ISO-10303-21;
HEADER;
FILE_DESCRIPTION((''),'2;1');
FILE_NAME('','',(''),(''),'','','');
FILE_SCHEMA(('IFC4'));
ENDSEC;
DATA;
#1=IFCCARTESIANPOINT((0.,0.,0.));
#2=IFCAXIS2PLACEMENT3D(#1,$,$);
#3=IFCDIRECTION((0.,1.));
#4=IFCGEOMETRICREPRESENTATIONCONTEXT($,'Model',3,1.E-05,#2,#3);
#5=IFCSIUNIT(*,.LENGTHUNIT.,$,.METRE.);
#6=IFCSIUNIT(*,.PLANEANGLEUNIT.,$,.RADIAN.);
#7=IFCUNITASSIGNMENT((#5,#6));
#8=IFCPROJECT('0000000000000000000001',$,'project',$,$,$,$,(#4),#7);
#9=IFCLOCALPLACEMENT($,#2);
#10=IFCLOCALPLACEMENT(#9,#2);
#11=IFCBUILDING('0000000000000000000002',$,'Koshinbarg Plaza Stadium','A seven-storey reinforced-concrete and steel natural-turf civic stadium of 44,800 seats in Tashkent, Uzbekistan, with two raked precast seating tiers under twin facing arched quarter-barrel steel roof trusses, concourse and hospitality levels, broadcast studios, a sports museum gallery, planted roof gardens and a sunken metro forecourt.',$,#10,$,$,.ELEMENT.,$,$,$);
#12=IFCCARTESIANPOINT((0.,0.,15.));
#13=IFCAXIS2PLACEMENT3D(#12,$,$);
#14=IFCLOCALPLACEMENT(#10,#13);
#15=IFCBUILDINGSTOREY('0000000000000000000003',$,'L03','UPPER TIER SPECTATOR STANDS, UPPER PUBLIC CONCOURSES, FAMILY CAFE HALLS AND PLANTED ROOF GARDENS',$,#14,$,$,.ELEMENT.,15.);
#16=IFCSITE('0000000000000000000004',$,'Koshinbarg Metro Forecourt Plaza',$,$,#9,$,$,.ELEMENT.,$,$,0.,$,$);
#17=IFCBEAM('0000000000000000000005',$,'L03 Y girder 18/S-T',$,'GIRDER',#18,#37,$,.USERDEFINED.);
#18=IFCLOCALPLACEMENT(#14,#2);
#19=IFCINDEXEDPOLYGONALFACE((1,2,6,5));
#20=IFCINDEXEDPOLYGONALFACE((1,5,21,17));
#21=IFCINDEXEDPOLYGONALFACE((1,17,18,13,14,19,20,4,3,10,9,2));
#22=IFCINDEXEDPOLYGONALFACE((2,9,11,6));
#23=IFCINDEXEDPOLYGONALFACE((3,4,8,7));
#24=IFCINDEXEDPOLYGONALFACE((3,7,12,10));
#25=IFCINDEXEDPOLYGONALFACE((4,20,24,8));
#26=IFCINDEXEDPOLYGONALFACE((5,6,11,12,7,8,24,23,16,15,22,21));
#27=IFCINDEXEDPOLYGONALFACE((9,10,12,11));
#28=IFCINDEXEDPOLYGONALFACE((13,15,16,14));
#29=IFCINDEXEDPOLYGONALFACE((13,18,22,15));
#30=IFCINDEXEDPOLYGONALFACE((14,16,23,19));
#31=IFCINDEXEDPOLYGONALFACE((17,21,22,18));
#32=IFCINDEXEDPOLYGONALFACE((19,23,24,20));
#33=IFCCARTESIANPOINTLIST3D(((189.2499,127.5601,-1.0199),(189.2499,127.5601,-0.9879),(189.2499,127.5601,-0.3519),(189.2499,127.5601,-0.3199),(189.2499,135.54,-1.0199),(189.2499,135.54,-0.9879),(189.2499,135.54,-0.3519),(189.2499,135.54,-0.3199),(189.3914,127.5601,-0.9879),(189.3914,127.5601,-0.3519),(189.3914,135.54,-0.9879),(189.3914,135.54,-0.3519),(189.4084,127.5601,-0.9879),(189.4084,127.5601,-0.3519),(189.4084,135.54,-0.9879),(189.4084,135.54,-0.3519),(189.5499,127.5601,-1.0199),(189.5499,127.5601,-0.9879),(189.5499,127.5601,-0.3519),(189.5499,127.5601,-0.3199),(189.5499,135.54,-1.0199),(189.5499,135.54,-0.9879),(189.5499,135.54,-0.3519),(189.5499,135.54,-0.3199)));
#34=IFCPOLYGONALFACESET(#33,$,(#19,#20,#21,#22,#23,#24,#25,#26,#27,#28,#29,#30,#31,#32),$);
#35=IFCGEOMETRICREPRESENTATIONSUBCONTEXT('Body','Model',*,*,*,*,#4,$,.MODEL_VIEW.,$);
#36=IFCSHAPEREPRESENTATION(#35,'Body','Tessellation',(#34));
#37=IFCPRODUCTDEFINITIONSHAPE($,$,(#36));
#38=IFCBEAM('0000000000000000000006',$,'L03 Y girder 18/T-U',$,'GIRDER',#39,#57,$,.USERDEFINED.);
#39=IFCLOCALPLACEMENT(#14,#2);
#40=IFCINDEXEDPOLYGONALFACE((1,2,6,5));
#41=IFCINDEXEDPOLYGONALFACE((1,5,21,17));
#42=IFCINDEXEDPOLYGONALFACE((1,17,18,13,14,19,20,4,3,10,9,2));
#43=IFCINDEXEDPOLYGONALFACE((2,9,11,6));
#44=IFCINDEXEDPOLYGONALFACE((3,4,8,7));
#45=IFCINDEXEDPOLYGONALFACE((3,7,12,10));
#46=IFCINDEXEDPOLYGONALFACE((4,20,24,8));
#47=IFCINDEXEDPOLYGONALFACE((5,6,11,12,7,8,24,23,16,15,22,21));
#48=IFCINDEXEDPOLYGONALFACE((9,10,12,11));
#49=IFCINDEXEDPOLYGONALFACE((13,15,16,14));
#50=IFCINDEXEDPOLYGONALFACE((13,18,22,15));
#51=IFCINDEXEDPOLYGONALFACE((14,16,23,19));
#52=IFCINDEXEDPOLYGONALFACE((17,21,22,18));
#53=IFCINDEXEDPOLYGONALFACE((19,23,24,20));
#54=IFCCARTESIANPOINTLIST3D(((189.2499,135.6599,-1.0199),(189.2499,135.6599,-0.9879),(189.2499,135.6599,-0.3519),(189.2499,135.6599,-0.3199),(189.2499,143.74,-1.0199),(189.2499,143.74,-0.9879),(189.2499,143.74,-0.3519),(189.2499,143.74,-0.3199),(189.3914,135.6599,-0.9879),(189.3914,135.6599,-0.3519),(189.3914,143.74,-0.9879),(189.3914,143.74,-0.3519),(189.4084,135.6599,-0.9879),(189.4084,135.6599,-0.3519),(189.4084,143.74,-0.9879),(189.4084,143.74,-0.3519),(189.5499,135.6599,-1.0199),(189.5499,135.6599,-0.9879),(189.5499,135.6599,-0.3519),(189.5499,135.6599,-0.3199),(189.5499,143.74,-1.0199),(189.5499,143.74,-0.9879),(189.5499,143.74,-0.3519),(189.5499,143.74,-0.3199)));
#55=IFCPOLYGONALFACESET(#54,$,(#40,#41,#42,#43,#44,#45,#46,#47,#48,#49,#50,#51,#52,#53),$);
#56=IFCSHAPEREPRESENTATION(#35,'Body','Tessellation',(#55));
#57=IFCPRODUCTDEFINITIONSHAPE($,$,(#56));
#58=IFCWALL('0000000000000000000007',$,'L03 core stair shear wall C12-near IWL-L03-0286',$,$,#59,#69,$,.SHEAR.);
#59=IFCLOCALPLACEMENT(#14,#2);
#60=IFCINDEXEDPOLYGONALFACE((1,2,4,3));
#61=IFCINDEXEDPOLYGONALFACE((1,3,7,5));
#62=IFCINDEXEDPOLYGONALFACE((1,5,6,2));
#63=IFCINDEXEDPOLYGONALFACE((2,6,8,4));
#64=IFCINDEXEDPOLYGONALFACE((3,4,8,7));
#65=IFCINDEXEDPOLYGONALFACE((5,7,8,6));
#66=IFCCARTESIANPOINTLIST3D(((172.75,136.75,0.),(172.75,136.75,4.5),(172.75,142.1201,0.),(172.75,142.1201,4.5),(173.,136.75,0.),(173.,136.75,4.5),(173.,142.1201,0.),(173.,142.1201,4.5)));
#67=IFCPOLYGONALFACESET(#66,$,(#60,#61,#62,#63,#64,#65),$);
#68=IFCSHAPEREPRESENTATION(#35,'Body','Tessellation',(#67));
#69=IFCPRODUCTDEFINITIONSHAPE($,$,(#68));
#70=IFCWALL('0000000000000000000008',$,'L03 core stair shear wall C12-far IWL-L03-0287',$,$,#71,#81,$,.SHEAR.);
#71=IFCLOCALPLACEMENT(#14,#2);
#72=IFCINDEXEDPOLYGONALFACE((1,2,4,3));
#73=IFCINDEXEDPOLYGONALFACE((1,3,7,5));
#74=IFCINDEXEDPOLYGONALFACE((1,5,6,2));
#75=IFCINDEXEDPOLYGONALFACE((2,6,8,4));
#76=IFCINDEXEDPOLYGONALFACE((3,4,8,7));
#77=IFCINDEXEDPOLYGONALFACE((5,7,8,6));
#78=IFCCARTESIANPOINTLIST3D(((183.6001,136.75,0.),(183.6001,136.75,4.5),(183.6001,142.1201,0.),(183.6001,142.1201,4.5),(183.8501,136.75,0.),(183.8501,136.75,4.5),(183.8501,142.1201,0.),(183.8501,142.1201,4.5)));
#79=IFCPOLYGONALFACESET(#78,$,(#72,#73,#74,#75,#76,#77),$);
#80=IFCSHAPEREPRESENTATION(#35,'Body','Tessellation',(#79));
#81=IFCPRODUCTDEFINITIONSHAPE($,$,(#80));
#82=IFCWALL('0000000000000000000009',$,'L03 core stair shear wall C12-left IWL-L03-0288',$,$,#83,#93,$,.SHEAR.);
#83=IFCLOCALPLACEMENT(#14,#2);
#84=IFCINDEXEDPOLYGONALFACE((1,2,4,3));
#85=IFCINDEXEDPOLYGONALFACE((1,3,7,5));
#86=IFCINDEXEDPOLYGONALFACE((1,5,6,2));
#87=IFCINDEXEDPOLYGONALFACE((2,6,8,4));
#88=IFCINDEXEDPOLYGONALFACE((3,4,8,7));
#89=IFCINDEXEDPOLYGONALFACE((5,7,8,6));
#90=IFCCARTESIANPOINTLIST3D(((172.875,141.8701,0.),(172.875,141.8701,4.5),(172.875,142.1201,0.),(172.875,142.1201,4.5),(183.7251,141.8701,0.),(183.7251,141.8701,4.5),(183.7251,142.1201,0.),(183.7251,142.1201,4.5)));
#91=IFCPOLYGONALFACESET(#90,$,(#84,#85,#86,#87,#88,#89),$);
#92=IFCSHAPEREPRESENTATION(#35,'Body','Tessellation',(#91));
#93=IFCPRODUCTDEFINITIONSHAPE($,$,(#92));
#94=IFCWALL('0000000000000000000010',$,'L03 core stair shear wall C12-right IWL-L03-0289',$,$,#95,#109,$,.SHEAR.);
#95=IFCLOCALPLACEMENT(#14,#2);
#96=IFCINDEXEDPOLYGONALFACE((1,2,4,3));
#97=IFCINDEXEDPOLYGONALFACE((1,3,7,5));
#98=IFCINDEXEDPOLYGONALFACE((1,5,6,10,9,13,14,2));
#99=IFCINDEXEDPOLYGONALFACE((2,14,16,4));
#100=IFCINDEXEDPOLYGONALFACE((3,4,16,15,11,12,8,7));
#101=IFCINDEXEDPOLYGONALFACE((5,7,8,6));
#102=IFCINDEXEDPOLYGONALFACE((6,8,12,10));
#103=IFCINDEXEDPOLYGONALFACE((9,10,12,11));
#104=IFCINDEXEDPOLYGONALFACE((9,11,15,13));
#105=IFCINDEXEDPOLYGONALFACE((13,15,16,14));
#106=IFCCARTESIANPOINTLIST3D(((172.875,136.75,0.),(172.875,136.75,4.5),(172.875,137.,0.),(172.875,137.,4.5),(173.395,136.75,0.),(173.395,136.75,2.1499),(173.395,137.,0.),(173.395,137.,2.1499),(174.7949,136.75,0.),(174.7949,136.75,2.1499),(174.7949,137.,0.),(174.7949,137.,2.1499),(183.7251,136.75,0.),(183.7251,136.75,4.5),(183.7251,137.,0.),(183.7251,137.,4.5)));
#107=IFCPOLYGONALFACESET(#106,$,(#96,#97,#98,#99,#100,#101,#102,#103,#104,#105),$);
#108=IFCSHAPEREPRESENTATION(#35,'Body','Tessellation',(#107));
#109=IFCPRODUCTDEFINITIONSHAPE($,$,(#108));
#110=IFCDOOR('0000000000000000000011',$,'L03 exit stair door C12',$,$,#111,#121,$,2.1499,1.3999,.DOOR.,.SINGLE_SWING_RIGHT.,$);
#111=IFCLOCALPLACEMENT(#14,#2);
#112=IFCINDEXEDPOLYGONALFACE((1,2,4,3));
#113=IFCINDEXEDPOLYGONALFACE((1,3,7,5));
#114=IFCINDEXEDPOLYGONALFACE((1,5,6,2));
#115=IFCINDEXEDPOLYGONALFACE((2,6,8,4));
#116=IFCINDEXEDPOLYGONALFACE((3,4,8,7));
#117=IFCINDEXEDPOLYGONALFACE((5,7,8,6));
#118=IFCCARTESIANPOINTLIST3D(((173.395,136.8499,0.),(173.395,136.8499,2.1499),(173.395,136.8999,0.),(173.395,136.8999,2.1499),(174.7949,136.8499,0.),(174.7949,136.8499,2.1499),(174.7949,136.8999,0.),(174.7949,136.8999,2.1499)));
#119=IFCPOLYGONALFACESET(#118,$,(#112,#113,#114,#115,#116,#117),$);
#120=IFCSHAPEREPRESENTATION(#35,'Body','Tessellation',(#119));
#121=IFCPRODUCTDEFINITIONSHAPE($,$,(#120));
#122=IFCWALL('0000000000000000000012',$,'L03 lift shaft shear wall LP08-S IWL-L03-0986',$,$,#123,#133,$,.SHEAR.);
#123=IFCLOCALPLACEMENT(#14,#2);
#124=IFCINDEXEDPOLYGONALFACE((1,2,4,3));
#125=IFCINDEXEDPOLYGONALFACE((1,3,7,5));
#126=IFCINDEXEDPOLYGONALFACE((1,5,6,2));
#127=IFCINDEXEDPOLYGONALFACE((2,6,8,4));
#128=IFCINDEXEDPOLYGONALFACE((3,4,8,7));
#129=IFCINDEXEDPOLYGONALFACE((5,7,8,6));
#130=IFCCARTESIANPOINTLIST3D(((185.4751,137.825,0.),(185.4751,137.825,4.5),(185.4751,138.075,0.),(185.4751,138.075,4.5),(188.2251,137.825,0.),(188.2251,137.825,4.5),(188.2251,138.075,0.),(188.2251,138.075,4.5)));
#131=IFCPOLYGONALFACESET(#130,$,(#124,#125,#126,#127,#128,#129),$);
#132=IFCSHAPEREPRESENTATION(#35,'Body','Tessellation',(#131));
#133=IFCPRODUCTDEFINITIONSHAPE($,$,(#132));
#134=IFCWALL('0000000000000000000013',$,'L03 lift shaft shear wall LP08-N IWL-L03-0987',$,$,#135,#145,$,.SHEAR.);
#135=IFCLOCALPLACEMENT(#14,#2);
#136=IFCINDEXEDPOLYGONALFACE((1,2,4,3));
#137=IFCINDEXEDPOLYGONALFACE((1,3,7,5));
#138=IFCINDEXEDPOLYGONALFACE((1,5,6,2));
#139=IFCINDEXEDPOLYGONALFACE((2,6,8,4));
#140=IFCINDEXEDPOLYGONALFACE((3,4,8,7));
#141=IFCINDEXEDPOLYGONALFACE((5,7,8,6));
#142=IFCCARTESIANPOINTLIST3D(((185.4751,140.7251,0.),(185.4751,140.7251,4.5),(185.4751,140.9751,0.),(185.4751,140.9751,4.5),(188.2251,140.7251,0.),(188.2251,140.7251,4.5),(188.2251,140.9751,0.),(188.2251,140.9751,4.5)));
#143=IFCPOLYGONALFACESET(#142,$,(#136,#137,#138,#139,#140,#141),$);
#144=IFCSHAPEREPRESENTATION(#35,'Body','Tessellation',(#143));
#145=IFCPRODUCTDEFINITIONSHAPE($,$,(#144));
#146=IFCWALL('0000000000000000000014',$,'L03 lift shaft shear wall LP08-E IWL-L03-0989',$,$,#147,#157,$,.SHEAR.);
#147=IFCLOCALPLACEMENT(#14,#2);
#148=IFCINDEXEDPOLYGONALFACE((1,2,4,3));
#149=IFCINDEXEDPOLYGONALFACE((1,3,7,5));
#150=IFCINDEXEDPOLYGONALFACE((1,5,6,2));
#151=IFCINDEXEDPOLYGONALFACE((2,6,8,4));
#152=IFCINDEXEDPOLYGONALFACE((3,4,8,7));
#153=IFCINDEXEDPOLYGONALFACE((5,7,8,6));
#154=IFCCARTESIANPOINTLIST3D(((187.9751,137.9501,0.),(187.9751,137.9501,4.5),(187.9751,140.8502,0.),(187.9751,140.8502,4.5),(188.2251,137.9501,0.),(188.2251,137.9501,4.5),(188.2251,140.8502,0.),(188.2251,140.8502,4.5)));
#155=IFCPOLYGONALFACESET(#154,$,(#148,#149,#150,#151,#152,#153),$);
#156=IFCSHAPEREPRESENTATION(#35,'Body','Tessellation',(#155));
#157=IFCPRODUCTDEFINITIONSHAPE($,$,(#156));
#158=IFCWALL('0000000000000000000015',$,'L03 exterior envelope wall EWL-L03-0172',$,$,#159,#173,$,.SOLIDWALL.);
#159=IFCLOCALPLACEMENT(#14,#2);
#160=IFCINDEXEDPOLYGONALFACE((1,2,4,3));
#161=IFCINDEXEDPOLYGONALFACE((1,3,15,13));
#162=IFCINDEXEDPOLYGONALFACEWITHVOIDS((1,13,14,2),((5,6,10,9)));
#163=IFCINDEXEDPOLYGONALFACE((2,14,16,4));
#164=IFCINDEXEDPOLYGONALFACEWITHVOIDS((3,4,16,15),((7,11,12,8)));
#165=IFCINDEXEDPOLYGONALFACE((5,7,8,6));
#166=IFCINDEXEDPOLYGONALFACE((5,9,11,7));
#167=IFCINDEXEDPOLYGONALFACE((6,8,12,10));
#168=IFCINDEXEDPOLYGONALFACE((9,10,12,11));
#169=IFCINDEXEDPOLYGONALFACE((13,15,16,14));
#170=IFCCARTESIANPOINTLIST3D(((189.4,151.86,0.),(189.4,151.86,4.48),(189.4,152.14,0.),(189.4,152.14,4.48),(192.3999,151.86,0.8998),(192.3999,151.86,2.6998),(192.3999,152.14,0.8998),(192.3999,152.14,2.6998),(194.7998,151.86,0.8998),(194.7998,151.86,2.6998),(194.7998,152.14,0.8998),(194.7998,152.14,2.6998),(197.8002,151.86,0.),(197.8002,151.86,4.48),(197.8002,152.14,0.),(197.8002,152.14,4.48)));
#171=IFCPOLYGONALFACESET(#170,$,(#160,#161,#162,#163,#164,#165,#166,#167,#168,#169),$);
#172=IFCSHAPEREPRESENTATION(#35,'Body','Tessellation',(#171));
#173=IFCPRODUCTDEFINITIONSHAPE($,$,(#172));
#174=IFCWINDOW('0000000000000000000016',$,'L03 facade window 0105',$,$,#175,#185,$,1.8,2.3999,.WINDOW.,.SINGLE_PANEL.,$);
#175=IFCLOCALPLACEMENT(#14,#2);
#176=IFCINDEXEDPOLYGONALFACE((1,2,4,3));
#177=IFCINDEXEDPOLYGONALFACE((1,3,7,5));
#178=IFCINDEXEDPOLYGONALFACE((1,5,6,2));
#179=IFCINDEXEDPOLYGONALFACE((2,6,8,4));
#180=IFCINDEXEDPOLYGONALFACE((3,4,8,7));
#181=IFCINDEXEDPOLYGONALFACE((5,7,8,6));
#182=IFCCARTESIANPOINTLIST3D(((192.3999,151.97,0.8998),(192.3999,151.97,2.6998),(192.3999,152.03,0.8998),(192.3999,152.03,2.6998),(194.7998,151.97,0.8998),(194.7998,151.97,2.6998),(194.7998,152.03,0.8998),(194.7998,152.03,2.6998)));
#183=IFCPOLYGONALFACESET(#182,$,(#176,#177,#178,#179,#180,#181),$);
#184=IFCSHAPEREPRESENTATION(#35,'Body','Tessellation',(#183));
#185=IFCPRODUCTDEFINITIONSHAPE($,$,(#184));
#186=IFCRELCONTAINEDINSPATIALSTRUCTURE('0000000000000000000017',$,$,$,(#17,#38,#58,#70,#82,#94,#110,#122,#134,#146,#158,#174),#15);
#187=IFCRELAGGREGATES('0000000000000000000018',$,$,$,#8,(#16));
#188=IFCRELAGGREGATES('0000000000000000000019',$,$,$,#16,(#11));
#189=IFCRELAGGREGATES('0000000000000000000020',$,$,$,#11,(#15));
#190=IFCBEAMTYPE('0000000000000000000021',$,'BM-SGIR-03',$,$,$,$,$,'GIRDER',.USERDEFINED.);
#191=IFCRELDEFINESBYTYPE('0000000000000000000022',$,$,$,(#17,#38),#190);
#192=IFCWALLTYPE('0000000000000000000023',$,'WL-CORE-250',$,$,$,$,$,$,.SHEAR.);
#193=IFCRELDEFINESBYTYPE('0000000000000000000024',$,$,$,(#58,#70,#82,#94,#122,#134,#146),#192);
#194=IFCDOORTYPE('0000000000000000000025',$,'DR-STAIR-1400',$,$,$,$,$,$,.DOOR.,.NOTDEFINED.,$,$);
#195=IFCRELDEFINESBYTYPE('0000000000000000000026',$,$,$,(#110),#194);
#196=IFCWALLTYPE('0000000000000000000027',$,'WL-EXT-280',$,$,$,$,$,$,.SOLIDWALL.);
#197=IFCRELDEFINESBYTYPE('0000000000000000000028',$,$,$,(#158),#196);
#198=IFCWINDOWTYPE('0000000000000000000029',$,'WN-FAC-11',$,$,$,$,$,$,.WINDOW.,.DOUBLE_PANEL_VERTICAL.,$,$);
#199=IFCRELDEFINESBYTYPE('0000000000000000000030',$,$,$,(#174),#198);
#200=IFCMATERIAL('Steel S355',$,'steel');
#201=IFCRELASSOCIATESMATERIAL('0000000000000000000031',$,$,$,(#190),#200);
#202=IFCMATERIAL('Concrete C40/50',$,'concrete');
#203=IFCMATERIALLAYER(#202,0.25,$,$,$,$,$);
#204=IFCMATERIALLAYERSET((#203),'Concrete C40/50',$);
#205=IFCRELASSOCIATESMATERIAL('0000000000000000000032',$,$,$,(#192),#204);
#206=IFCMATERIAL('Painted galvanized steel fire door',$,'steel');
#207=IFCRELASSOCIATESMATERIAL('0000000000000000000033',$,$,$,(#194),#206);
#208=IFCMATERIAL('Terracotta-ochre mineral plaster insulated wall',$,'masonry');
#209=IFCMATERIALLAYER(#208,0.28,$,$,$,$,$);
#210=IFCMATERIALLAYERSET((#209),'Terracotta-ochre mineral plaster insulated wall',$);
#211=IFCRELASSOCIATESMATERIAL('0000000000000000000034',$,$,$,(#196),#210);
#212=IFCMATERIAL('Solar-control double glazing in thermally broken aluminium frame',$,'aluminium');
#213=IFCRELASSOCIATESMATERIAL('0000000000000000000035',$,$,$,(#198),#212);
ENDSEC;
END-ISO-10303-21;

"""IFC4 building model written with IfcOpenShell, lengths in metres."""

from ifc_helpers import new_model, si_unit, direction, frame, frame_2d, origin, origin_2d, place, context, subcontext, project, spatial, rectangle, i_section, extrude, material, layer, layer_set, material_profile, profile_set, type_object, element, fill, save


model = new_model("IFC4")

# Units and contexts
model_context = context("Model", 3, precision=1e-05, world=origin(), true_north=direction((0.0, 1.0)))
body_context = subcontext(model_context, "Body", "Model", "MODEL_VIEW")
ifc_project = project(units=[si_unit("LENGTHUNIT", "METRE"), si_unit("PLANEANGLEUNIT", "RADIAN")], contexts=[model_context])

# Site, building, storey
site_placement = place(None, origin())
site = spatial("IfcSite", under=ifc_project, at=site_placement, Name="Koshinbarg Metro Forecourt Plaza", CompositionType="ELEMENT", RefElevation=0.0)
building_placement = place(site_placement, origin())
building = spatial("IfcBuilding", under=site, at=building_placement, Name="Koshinbarg Plaza Stadium", Description="A seven-storey reinforced-concrete and steel natural-turf civic stadium of 44,800 seats in Tashkent, Uzbekistan, with two raked precast seating tiers under twin facing arched quarter-barrel steel roof trusses, concourse and hospitality levels, broadcast studios, a sports museum gallery, planted roof gardens and a sunken metro forecourt.", CompositionType="ELEMENT")
storey_placement = place(building_placement, frame((0.0, 0.0, 15.0)))
storey = spatial("IfcBuildingStorey", under=building, at=storey_placement, Name="L03", Description="UPPER TIER SPECTATOR STANDS, UPPER PUBLIC CONCOURSES, FAMILY CAFE HALLS AND PLANTED ROOF GARDENS", CompositionType="ELEMENT", Elevation=15.0)

# Shared definitions
ifc_material_1 = material(Name="Concrete C40/50", Category="concrete")

# Beams
ifc_material_2 = material(Name="Steel S355", Category="steel")
ifc_material_profile_1 = material_profile(ifc_material_2, i_section(OverallWidth=0.3, OverallDepth=0.7, WebThickness=0.0171, FlangeThickness=0.032, at=origin_2d()), Name="HEB 700")
ifc_profile_set_1 = profile_set([ifc_material_profile_1], Name="Steel S355")
beam_type_1 = type_object("IfcBeamType", Name="BM-SGIR-03", ElementType="GIRDER", PredefinedType="USERDEFINED", material=ifc_profile_set_1)
beam_1_placement = place(storey_placement, frame((189.3999, 127.5601, -0.6699), z_axis=(0.0, 1.0, 0.0), x_axis=(-1.0, 0.0, 0.0)))
element("IfcBeam", 1, at=beam_1_placement, inside=storey, type_object=beam_type_1, Name="L03 Y girder 18/S-T", ObjectType="GIRDER", PredefinedType="USERDEFINED", context=body_context, shape_type="SweptSolid", body=[
    extrude(i_section(OverallWidth=0.3, OverallDepth=0.7, WebThickness=0.0171, FlangeThickness=0.032, at=origin_2d()), origin(), (0.0, 0.0, 1.0), 7.98),
])
beam_2_placement = place(storey_placement, frame((189.3999, 135.6599, -0.6699), z_axis=(0.0, 1.0, 0.0), x_axis=(-1.0, 0.0, 0.0)))
element("IfcBeam", 2, at=beam_2_placement, inside=storey, type_object=beam_type_1, Name="L03 Y girder 18/T-U", ObjectType="GIRDER", PredefinedType="USERDEFINED", context=body_context, shape_type="SweptSolid", body=[
    extrude(i_section(OverallWidth=0.3, OverallDepth=0.7, WebThickness=0.0171, FlangeThickness=0.032, at=origin_2d()), origin(), (0.0, 0.0, 1.0), 8.0801),
])

# Walls
ifc_layer_1 = layer(ifc_material_1, 0.25)
ifc_layer_set_1 = layer_set([ifc_layer_1], Name="Concrete C40/50")
wall_type_1 = type_object("IfcWallType", Name="WL-CORE-250", PredefinedType="SHEAR", material=ifc_layer_set_1)
for number, where, z_axis, x_axis, name in (
    (3, (172.875, 142.1201, 0.0), (0.0, 0.0, 1.0), (0.0, -1.0, 0.0), "L03 core stair shear wall C12-near IWL-L03-0286"),
    (4, (183.7251, 136.75, 0.0), (0.0, 0.0, 1.0), (0.0, 1.0, 0.0), "L03 core stair shear wall C12-far IWL-L03-0287"),
):
    element("IfcWall", number, at=place(storey_placement, frame(where, z_axis=z_axis, x_axis=x_axis)), inside=storey, type_object=wall_type_1, Name=name, PredefinedType="SHEAR", context=body_context, shape_type="SweptSolid", body=[
        extrude(rectangle(XDim=5.3701, YDim=0.25, at=frame_2d((2.6851, 0.0))), origin(), (0.0, 0.0, 1.0), 4.5),
    ])
wall_1_placement = place(storey_placement, frame((172.875, 141.9951, 0.0), z_axis=(0.0, 0.0, 1.0), x_axis=(1.0, 0.0, 0.0)))
element("IfcWall", 5, at=wall_1_placement, inside=storey, type_object=wall_type_1, Name="L03 core stair shear wall C12-left IWL-L03-0288", PredefinedType="SHEAR", context=body_context, shape_type="SweptSolid", body=[
    extrude(rectangle(XDim=10.8501, YDim=0.25, at=frame_2d((5.425, 0.0))), origin(), (0.0, 0.0, 1.0), 4.5),
])

# Wall, opening, door
wall_2_placement = place(storey_placement, frame((172.875, 136.875, 0.0), z_axis=(0.0, 0.0, 1.0), x_axis=(1.0, 0.0, 0.0)))
wall_2 = element("IfcWall", 6, at=wall_2_placement, inside=storey, type_object=wall_type_1, Name="L03 core stair shear wall C12-right IWL-L03-0289", PredefinedType="SHEAR", context=body_context, shape_type="SweptSolid", body=[
    extrude(rectangle(XDim=10.8501, YDim=0.25, at=frame_2d((5.425, 0.0))), origin(), (0.0, 0.0, 1.0), 4.5),
])
opening_1_placement = place(wall_2_placement, frame((0.52, 0.0, 0.0)))
opening_1 = element("IfcOpeningElement", 7, at=opening_1_placement, cuts=wall_2, PredefinedType="OPENING", context=body_context, shape_type="SweptSolid", body=[
    extrude(rectangle(XDim=1.3999, YDim=2.1499, at=frame_2d((0.7, 1.075))), frame((0.0, 0.135, 0.0), z_axis=(0.0, -1.0, 0.0), x_axis=(1.0, 0.0, 0.0)), (0.0, 0.0, 1.0), 0.27),
])
ifc_material_3 = material(Name="Painted galvanized steel fire door", Category="steel")
door_type_1 = type_object("IfcDoorType", Name="DR-STAIR-1400", OperationType="NOTDEFINED", PredefinedType="DOOR", material=ifc_material_3)
door_1_placement = place(opening_1_placement, origin())
door_1 = element("IfcDoor", 8, at=door_1_placement, inside=storey, type_object=door_type_1, Name="L03 exit stair door C12", OperationType="SINGLE_SWING_RIGHT", OverallHeight=2.1499, OverallWidth=1.3999, PredefinedType="DOOR", context=body_context, shape_type="SweptSolid", body=[
    extrude(rectangle(XDim=1.3999, YDim=2.1499, at=frame_2d((0.7, 1.075))), frame((0.0, 0.0249, 0.0), z_axis=(0.0, -1.0, 0.0), x_axis=(1.0, 0.0, 0.0)), (0.0, 0.0, 1.0), 0.05),
])
fill(opening_1, door_1)

# Walls
for number, where, z_axis, x_axis, name in (
    (9, (185.4751, 137.95, 0.0), (0.0, 0.0, 1.0), (1.0, 0.0, 0.0), "L03 lift shaft shear wall LP08-S IWL-L03-0986"),
    (10, (188.2251, 140.8501, 0.0), (0.0, 0.0, 1.0), (-1.0, 0.0, 0.0), "L03 lift shaft shear wall LP08-N IWL-L03-0987"),
):
    element("IfcWall", number, at=place(storey_placement, frame(where, z_axis=z_axis, x_axis=x_axis)), inside=storey, type_object=wall_type_1, Name=name, PredefinedType="SHEAR", context=body_context, shape_type="SweptSolid", body=[
        extrude(rectangle(XDim=2.75, YDim=0.25, at=frame_2d((1.375, 0.0))), origin(), (0.0, 0.0, 1.0), 4.5),
    ])

# Wall
wall_3_placement = place(storey_placement, frame((188.1001, 137.95, 0.0), z_axis=(0.0, 0.0, 1.0), x_axis=(0.0, 1.0, 0.0)))
element("IfcWall", 11, at=wall_3_placement, inside=storey, type_object=wall_type_1, Name="L03 lift shaft shear wall LP08-E IWL-L03-0989", PredefinedType="SHEAR", context=body_context, shape_type="SweptSolid", body=[
    extrude(rectangle(XDim=2.9001, YDim=0.25, at=frame_2d((1.4502, 0.0))), origin(), (0.0, 0.0, 1.0), 4.5),
])

# Wall, opening, window
ifc_material_4 = material(Name="Terracotta-ochre mineral plaster insulated wall", Category="masonry")
ifc_layer_2 = layer(ifc_material_4, 0.28)
ifc_layer_set_2 = layer_set([ifc_layer_2], Name="Terracotta-ochre mineral plaster insulated wall")
wall_type_2 = type_object("IfcWallType", Name="WL-EXT-280", PredefinedType="SOLIDWALL", material=ifc_layer_set_2)
wall_4_placement = place(storey_placement, frame((189.3999, 152.0, 0.0), z_axis=(0.0, 0.0, 1.0), x_axis=(1.0, 0.0, 0.0)))
wall_4 = element("IfcWall", 12, at=wall_4_placement, inside=storey, type_object=wall_type_2, Name="L03 exterior envelope wall EWL-L03-0172", PredefinedType="SOLIDWALL", context=body_context, shape_type="SweptSolid", body=[
    extrude(rectangle(XDim=8.4001, YDim=0.28, at=frame_2d((4.2002, 0.0))), origin(), (0.0, 0.0, 1.0), 4.48),
])
opening_2_placement = place(wall_4_placement, frame((3.0, 0.0, 0.8999)))
opening_2 = element("IfcOpeningElement", 13, at=opening_2_placement, cuts=wall_4, PredefinedType="OPENING", context=body_context, shape_type="SweptSolid", body=[
    extrude(rectangle(XDim=2.3999, YDim=1.8, at=frame_2d((1.2, 0.8999))), frame((0.0, 0.1499, 0.0), z_axis=(0.0, -1.0, 0.0), x_axis=(1.0, 0.0, 0.0)), (0.0, 0.0, 1.0), 0.3),
])
ifc_material_5 = material(Name="Solar-control double glazing in thermally broken aluminium frame", Category="aluminium")
window_type_1 = type_object("IfcWindowType", Name="WN-FAC-11", PartitioningType="DOUBLE_PANEL_VERTICAL", PredefinedType="WINDOW", material=ifc_material_5)
window_1_placement = place(opening_2_placement, origin())
window_1 = element("IfcWindow", 14, at=window_1_placement, inside=storey, type_object=window_type_1, Name="L03 facade window 0105", OverallHeight=1.8, OverallWidth=2.3999, PartitioningType="SINGLE_PANEL", PredefinedType="WINDOW", context=body_context, shape_type="SweptSolid", body=[
    extrude(rectangle(XDim=2.3999, YDim=1.8, at=frame_2d((1.2, 0.8999))), frame((0.0, 0.03, 0.0), z_axis=(0.0, -1.0, 0.0), x_axis=(1.0, 0.0, 0.0)), (0.0, 0.0, 1.0), 0.0601),
])
fill(opening_2, window_1)

save(model, "model.ifc")
